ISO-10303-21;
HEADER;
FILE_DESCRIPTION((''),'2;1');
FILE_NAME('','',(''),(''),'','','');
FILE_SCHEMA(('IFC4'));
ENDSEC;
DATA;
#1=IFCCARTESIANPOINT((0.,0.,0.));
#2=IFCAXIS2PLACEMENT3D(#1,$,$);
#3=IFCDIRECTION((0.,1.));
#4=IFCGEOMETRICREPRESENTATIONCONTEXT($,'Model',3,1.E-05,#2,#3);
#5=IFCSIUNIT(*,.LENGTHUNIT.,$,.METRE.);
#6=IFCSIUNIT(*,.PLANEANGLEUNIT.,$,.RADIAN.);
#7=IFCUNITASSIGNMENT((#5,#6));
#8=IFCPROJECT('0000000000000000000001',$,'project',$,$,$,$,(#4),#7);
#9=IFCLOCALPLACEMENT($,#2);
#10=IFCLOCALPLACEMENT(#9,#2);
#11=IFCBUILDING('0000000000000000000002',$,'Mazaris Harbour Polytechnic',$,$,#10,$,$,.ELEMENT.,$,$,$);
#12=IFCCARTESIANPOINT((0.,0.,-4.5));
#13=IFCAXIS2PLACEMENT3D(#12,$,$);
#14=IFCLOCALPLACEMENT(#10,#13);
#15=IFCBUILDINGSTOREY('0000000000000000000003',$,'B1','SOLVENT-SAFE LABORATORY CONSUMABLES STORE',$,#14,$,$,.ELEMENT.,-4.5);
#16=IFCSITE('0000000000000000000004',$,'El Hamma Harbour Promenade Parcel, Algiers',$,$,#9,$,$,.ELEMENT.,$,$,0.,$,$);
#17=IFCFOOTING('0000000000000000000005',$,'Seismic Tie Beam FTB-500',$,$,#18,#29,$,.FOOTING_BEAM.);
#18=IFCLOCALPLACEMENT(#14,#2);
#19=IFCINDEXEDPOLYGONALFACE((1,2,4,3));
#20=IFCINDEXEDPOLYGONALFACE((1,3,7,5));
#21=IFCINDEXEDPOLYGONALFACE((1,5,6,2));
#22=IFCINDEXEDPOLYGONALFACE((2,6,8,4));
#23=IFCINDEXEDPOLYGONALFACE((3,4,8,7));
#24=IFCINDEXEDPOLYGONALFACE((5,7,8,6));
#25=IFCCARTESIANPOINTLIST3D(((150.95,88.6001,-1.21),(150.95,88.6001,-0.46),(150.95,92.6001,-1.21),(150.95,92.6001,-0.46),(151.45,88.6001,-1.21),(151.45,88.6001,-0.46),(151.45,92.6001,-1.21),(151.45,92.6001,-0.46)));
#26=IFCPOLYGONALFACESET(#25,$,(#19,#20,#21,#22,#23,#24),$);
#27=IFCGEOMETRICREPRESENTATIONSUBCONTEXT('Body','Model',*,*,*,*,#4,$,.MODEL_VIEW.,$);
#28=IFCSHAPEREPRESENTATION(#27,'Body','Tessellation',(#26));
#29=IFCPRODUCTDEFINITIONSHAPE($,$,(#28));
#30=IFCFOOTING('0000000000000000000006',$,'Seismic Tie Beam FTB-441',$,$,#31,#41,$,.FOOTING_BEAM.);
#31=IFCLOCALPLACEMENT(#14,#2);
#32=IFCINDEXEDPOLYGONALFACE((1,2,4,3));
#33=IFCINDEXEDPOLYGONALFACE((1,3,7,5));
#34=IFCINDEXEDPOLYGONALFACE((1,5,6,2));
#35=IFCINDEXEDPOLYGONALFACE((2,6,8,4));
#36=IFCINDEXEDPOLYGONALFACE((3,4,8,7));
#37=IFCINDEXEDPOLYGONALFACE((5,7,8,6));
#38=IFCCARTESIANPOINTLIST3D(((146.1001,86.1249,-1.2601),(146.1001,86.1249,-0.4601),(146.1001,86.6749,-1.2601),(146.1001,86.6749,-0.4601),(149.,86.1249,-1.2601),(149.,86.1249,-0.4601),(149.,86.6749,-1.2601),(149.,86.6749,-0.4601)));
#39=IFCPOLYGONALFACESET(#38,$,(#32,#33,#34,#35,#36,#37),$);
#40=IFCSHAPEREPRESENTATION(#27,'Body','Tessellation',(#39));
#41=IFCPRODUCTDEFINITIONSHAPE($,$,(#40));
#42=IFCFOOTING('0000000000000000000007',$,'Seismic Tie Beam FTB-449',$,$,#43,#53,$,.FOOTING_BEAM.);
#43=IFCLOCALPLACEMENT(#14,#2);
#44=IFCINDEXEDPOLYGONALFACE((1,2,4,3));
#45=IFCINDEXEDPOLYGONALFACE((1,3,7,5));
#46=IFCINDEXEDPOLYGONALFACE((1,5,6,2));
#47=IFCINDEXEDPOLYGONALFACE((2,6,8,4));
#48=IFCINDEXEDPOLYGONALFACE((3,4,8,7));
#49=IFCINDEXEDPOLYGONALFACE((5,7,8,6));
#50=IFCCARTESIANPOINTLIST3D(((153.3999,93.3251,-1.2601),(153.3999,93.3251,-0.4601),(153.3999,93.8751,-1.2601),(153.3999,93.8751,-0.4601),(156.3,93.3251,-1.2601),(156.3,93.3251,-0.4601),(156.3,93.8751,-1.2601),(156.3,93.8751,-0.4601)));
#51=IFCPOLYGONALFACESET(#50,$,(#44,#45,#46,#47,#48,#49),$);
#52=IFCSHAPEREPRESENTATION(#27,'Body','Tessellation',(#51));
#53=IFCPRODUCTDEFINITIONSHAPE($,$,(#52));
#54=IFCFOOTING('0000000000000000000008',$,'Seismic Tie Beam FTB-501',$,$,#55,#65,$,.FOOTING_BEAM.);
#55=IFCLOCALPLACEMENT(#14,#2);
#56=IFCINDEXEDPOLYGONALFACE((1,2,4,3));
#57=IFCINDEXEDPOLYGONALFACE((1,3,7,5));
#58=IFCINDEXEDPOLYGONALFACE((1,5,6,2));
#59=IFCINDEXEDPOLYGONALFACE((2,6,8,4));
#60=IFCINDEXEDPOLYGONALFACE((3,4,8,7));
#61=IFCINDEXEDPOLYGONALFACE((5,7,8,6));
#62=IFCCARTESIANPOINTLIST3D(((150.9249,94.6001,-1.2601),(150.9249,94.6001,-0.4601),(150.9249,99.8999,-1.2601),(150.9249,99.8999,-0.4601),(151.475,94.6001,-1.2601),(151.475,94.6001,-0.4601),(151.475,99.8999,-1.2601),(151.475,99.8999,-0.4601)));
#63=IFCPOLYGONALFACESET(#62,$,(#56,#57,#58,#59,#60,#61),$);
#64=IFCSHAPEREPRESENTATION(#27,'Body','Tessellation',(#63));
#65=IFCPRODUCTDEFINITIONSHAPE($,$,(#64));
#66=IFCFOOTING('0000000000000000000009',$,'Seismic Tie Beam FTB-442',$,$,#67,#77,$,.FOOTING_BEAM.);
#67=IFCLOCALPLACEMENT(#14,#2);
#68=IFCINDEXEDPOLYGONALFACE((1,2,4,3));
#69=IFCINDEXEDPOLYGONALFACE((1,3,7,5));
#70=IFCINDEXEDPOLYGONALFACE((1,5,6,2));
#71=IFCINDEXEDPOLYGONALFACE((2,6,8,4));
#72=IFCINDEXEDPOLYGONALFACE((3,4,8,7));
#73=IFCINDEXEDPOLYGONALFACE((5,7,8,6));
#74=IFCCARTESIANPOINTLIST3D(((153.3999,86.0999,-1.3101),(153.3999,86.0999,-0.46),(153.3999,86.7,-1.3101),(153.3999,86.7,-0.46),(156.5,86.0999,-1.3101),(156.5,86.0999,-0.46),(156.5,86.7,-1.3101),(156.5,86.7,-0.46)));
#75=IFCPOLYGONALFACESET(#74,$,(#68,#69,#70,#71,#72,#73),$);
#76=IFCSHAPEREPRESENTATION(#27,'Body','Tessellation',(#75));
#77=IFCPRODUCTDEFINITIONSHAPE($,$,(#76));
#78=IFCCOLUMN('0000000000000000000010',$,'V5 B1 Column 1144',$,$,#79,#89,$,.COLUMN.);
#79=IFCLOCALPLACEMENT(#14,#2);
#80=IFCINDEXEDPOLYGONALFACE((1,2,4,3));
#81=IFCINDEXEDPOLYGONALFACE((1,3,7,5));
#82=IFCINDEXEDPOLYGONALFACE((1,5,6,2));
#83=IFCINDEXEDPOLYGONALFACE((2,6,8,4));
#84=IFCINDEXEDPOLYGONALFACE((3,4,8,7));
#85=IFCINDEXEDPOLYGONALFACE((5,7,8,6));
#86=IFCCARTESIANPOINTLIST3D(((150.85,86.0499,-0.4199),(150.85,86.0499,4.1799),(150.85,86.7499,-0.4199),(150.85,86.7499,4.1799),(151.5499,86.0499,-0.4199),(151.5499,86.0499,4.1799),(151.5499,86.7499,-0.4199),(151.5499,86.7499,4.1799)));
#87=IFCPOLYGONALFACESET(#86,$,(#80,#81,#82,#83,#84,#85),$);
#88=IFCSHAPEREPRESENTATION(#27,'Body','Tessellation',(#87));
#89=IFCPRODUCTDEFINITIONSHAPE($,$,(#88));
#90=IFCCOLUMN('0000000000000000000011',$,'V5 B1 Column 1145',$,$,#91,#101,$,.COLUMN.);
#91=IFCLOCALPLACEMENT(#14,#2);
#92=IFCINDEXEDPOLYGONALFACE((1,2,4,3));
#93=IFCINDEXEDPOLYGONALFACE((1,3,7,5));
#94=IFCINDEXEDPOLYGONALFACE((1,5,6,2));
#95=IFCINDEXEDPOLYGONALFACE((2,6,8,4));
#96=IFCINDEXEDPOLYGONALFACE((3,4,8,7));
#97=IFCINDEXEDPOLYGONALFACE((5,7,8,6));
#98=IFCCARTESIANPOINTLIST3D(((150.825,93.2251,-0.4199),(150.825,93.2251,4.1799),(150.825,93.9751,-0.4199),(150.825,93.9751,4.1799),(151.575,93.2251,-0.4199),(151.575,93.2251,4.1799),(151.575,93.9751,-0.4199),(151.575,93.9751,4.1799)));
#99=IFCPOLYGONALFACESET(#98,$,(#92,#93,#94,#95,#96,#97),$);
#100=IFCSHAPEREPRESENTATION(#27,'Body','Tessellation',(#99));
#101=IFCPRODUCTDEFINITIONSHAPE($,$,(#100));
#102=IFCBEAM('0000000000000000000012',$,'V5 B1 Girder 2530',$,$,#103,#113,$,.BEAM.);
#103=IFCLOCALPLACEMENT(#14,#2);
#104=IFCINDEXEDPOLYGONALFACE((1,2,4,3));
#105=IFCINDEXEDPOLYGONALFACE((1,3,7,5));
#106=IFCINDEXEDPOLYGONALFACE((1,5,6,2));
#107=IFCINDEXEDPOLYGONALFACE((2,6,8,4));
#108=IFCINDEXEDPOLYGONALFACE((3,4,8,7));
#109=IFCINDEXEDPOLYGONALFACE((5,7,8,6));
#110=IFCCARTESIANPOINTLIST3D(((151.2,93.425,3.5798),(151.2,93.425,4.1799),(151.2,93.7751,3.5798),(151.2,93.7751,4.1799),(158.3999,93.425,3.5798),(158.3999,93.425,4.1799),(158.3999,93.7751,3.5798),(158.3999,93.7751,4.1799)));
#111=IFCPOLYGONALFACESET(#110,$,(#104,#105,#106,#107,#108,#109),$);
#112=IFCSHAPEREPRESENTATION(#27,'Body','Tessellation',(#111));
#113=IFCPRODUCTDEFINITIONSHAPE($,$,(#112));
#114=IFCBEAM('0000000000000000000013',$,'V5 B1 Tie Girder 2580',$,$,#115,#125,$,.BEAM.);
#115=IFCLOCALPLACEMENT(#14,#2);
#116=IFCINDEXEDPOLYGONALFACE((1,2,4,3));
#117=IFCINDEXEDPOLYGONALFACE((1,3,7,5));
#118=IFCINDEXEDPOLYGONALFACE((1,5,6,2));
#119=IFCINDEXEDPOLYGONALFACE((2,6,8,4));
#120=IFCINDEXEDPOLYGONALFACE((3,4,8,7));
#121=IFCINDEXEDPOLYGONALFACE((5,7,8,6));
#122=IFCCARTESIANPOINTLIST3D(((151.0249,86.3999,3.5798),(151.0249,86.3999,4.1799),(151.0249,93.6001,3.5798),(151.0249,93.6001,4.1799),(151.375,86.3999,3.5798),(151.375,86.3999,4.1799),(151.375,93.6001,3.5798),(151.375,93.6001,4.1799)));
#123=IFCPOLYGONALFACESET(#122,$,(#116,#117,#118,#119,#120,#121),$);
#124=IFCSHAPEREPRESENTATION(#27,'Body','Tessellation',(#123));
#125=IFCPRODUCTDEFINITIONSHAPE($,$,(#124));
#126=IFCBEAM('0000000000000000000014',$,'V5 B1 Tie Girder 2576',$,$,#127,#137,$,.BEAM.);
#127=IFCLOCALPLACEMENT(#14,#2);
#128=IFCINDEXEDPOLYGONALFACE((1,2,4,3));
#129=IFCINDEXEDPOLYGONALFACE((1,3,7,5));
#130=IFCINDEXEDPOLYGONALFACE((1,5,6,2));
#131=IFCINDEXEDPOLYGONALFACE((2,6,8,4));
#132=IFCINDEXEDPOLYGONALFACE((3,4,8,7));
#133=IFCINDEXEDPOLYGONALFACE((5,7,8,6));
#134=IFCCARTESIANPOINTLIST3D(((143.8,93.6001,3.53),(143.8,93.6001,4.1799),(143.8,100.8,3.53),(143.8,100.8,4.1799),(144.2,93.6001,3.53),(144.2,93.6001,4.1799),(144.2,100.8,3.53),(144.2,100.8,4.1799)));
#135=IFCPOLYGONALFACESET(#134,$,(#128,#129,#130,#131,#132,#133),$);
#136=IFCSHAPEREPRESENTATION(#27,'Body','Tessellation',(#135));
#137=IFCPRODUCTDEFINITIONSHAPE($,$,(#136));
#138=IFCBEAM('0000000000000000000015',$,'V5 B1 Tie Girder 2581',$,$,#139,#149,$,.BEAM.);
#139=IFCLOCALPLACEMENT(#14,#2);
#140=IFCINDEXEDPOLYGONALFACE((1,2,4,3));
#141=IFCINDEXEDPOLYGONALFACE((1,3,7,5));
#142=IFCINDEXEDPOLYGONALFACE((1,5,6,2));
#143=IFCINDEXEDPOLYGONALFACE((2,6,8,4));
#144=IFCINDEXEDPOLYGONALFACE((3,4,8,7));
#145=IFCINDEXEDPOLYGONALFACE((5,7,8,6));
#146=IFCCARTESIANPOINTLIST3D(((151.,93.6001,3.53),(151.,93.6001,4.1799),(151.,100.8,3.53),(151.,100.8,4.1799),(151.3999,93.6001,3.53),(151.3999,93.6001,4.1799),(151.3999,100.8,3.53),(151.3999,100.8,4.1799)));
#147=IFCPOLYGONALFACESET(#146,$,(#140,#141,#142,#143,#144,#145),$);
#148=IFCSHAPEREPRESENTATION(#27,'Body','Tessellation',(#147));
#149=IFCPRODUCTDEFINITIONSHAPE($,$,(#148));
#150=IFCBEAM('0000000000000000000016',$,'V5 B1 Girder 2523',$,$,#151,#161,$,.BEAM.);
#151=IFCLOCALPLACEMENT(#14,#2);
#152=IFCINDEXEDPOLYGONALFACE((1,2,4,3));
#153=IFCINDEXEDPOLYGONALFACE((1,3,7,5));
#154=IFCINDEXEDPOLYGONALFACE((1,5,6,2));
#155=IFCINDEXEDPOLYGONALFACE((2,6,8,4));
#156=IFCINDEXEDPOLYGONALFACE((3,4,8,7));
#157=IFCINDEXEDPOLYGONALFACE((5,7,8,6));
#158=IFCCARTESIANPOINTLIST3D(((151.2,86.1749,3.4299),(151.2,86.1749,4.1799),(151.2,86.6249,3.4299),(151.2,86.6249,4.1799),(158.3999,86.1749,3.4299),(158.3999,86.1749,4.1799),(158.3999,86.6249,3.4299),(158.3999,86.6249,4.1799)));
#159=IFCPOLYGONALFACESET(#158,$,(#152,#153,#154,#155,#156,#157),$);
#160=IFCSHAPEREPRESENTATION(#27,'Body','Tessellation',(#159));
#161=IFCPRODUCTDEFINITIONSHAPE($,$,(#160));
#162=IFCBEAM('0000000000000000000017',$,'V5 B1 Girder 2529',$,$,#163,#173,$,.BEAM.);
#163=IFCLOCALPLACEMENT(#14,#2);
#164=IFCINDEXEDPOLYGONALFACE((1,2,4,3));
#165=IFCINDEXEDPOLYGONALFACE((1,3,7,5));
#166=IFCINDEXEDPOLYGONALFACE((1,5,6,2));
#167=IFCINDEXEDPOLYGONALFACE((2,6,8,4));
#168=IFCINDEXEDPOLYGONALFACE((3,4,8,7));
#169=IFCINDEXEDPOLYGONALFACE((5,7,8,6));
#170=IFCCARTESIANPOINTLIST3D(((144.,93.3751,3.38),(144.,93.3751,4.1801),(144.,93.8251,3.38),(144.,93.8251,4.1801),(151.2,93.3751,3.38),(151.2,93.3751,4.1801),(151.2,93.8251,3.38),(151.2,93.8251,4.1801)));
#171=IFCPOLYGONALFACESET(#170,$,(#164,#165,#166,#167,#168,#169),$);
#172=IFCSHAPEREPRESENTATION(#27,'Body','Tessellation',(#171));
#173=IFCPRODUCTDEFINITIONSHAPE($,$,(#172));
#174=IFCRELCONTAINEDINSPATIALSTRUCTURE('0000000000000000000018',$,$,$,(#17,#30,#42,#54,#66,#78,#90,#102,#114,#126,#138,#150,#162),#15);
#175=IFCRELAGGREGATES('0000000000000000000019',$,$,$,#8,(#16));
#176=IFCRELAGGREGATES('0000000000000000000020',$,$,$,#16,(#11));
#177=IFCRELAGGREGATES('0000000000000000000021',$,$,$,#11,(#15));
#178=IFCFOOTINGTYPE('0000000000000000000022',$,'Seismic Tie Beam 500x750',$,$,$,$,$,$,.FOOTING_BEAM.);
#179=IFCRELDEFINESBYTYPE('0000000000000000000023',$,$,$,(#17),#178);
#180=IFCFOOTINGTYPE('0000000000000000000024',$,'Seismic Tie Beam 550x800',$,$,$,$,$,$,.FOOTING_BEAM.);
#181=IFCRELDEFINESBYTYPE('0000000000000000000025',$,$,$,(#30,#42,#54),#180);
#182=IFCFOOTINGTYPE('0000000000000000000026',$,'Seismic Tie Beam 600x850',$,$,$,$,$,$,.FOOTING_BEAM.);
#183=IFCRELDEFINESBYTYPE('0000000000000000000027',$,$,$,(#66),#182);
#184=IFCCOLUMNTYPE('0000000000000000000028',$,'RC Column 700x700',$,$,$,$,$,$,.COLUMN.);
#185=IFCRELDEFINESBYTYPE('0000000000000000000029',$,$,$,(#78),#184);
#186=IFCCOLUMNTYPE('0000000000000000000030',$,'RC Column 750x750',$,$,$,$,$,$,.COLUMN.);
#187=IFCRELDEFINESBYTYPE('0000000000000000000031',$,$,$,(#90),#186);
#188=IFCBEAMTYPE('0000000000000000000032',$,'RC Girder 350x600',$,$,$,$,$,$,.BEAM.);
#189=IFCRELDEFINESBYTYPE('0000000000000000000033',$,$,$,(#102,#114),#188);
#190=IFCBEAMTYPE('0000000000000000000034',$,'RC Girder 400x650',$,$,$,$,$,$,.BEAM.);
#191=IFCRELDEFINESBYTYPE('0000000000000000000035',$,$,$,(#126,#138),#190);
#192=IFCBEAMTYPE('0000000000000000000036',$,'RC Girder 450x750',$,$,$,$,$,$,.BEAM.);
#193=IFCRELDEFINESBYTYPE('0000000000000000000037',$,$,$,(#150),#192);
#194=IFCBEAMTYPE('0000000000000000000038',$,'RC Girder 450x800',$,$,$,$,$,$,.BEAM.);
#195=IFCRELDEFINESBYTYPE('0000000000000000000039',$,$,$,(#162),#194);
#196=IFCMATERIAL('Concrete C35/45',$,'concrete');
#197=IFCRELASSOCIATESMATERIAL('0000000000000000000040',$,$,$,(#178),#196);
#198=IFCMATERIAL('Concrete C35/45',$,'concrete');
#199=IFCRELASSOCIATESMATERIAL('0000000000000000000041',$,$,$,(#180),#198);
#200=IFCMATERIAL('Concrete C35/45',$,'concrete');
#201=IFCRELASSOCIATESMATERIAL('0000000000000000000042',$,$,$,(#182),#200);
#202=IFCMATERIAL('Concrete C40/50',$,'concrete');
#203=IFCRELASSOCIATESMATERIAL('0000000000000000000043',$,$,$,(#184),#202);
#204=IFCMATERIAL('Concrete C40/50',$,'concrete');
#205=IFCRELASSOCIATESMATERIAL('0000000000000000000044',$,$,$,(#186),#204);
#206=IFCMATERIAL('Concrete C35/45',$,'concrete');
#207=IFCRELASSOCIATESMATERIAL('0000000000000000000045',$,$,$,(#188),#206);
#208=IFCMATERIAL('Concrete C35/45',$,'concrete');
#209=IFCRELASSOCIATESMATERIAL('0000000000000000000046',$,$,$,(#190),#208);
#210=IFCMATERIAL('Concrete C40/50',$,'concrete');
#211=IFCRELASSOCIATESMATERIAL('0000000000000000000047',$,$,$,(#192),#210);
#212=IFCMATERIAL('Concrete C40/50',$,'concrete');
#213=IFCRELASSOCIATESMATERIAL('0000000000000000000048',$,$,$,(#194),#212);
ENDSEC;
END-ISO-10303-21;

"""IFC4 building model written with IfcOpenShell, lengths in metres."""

from ifc_helpers import new_model, si_unit, direction, frame, origin, origin_2d, place, context, subcontext, project, spatial, rectangle, extrude, material, material_profile, profile_set, type_object, element, save


model = new_model("IFC4")

# Units and contexts
model_context = context("Model", 3, precision=1e-05, world=origin(), true_north=direction((0.0, 1.0)))
body_context = subcontext(model_context, "Body", "Model", "MODEL_VIEW")
ifc_project = project(units=[si_unit("LENGTHUNIT", "METRE"), si_unit("PLANEANGLEUNIT", "RADIAN")], contexts=[model_context])

# Site, building, storey
site_placement = place(None, origin())
site = spatial("IfcSite", under=ifc_project, at=site_placement, Name="El Hamma Harbour Promenade Parcel, Algiers", CompositionType="ELEMENT", RefElevation=0.0)
building_placement = place(site_placement, origin())
building = spatial("IfcBuilding", under=site, at=building_placement, Name="Mazaris Harbour Polytechnic", CompositionType="ELEMENT")
storey_placement = place(building_placement, frame((0.0, 0.0, -4.5)))
storey = spatial("IfcBuildingStorey", under=building, at=storey_placement, Name="B1", Description="SOLVENT-SAFE LABORATORY CONSUMABLES STORE", CompositionType="ELEMENT", Elevation=-4.5)

# Footings
ifc_material_1 = material(Name="Concrete C35/45", Category="concrete")
ifc_material_profile_1 = material_profile(ifc_material_1, rectangle(XDim=0.5, YDim=0.75, at=origin_2d()), Name="RECT500x750")
ifc_profile_set_1 = profile_set([ifc_material_profile_1], Name="Concrete C35/45")
footing_type_1 = type_object("IfcFootingType", Name="Seismic Tie Beam 500x750", PredefinedType="FOOTING_BEAM", material=ifc_profile_set_1)
for number, where, z_axis, x_axis, name in (
    (1, (151.2, 88.6001, -0.835), (0.0, 1.0, 0.0), (-1.0, 0.0, 0.0), "Seismic Tie Beam FTB-500"),
):
    element("IfcFooting", number, at=place(storey_placement, frame(where, z_axis=z_axis, x_axis=x_axis)), inside=storey, type_object=footing_type_1, Name=name, PredefinedType="FOOTING_BEAM", context=body_context, shape_type="SweptSolid", body=[
        extrude(rectangle(XDim=0.5, YDim=0.75, at=origin_2d()), origin(), (0.0, 0.0, 1.0), 4.0),
    ])
ifc_material_2 = material(Name="Concrete C35/45", Category="concrete")
ifc_material_profile_2 = material_profile(ifc_material_2, rectangle(XDim=0.55, YDim=0.8, at=origin_2d()), Name="RECT550x800")
ifc_profile_set_2 = profile_set([ifc_material_profile_2], Name="Concrete C35/45")
footing_type_2 = type_object("IfcFootingType", Name="Seismic Tie Beam 550x800", PredefinedType="FOOTING_BEAM", material=ifc_profile_set_2)
footing_1_placement = place(storey_placement, frame((146.1001, 86.3999, -0.8601), z_axis=(1.0, 0.0, 0.0), x_axis=(0.0, 1.0, 0.0)))
element("IfcFooting", 2, at=footing_1_placement, inside=storey, type_object=footing_type_2, Name="Seismic Tie Beam FTB-441", PredefinedType="FOOTING_BEAM", context=body_context, shape_type="SweptSolid", body=[
    extrude(rectangle(XDim=0.55, YDim=0.8, at=origin_2d()), origin(), (0.0, 0.0, 1.0), 2.8999),
])
footing_2_placement = place(storey_placement, frame((153.3999, 93.6001, -0.8601), z_axis=(1.0, 0.0, 0.0), x_axis=(0.0, 1.0, 0.0)))
element("IfcFooting", 3, at=footing_2_placement, inside=storey, type_object=footing_type_2, Name="Seismic Tie Beam FTB-449", PredefinedType="FOOTING_BEAM", context=body_context, shape_type="SweptSolid", body=[
    extrude(rectangle(XDim=0.55, YDim=0.8, at=origin_2d()), origin(), (0.0, 0.0, 1.0), 2.9001),
])
footing_3_placement = place(storey_placement, frame((151.2, 94.6001, -0.8601), z_axis=(0.0, 1.0, 0.0), x_axis=(-1.0, 0.0, 0.0)))
element("IfcFooting", 4, at=footing_3_placement, inside=storey, type_object=footing_type_2, Name="Seismic Tie Beam FTB-501", PredefinedType="FOOTING_BEAM", context=body_context, shape_type="SweptSolid", body=[
    extrude(rectangle(XDim=0.55, YDim=0.8, at=origin_2d()), origin(), (0.0, 0.0, 1.0), 5.2998),
])
ifc_material_3 = material(Name="Concrete C35/45", Category="concrete")
ifc_material_profile_3 = material_profile(ifc_material_3, rectangle(XDim=0.6001, YDim=0.8501, at=origin_2d()), Name="RECT600x850")
ifc_profile_set_3 = profile_set([ifc_material_profile_3], Name="Concrete C35/45")
footing_type_3 = type_object("IfcFootingType", Name="Seismic Tie Beam 600x850", PredefinedType="FOOTING_BEAM", material=ifc_profile_set_3)
footing_4_placement = place(storey_placement, frame((153.3999, 86.3999, -0.885), z_axis=(1.0, 0.0, 0.0), x_axis=(0.0, 1.0, 0.0)))
element("IfcFooting", 5, at=footing_4_placement, inside=storey, type_object=footing_type_3, Name="Seismic Tie Beam FTB-442", PredefinedType="FOOTING_BEAM", context=body_context, shape_type="SweptSolid", body=[
    extrude(rectangle(XDim=0.6001, YDim=0.8501, at=origin_2d()), origin(), (0.0, 0.0, 1.0), 3.1001),
])

# Columns
ifc_material_4 = material(Name="Concrete C40/50", Category="concrete")
ifc_material_profile_4 = material_profile(ifc_material_4, rectangle(XDim=0.7, YDim=0.7, at=origin_2d()), Name="RECT700x700")
ifc_profile_set_4 = profile_set([ifc_material_profile_4], Name="Concrete C40/50")
column_type_1 = type_object("IfcColumnType", Name="RC Column 700x700", PredefinedType="COLUMN", material=ifc_profile_set_4)
column_1_placement = place(storey_placement, frame((151.2, 86.3999, -0.4199), z_axis=(0.0, 0.0, 1.0), x_axis=(1.0, 0.0, 0.0)))
element("IfcColumn", 6, at=column_1_placement, inside=storey, type_object=column_type_1, Name="V5 B1 Column 1144", PredefinedType="COLUMN", context=body_context, shape_type="SweptSolid", body=[
    extrude(rectangle(XDim=0.7, YDim=0.7, at=origin_2d()), origin(), (0.0, 0.0, 1.0), 4.5999),
])
ifc_material_5 = material(Name="Concrete C40/50", Category="concrete")
ifc_material_profile_5 = material_profile(ifc_material_5, rectangle(XDim=0.75, YDim=0.75, at=origin_2d()), Name="RECT750x750")
ifc_profile_set_5 = profile_set([ifc_material_profile_5], Name="Concrete C40/50")
column_type_2 = type_object("IfcColumnType", Name="RC Column 750x750", PredefinedType="COLUMN", material=ifc_profile_set_5)
column_2_placement = place(storey_placement, frame((151.2, 93.6001, -0.4199), z_axis=(0.0, 0.0, 1.0), x_axis=(1.0, 0.0, 0.0)))
element("IfcColumn", 7, at=column_2_placement, inside=storey, type_object=column_type_2, Name="V5 B1 Column 1145", PredefinedType="COLUMN", context=body_context, shape_type="SweptSolid", body=[
    extrude(rectangle(XDim=0.75, YDim=0.75, at=origin_2d()), origin(), (0.0, 0.0, 1.0), 4.5999),
])

# Beams
ifc_material_6 = material(Name="Concrete C35/45", Category="concrete")
ifc_material_profile_6 = material_profile(ifc_material_6, rectangle(XDim=0.3501, YDim=0.6001, at=origin_2d()), Name="RECT350x600")
ifc_profile_set_6 = profile_set([ifc_material_profile_6], Name="Concrete C35/45")
beam_type_1 = type_object("IfcBeamType", Name="RC Girder 350x600", PredefinedType="BEAM", material=ifc_profile_set_6)
beam_1_placement = place(storey_placement, frame((151.2, 93.6001, 3.8799), z_axis=(1.0, 0.0, 0.0), x_axis=(0.0, 1.0, 0.0)))
element("IfcBeam", 8, at=beam_1_placement, inside=storey, type_object=beam_type_1, Name="V5 B1 Girder 2530", PredefinedType="BEAM", context=body_context, shape_type="SweptSolid", body=[
    extrude(rectangle(XDim=0.3501, YDim=0.6001, at=origin_2d()), origin(), (0.0, 0.0, 1.0), 7.2),
])
beam_2_placement = place(storey_placement, frame((151.2, 86.3999, 3.8799), z_axis=(0.0, 1.0, 0.0), x_axis=(-1.0, 0.0, 0.0)))
element("IfcBeam", 9, at=beam_2_placement, inside=storey, type_object=beam_type_1, Name="V5 B1 Tie Girder 2580", PredefinedType="BEAM", context=body_context, shape_type="SweptSolid", body=[
    extrude(rectangle(XDim=0.3501, YDim=0.6001, at=origin_2d()), origin(), (0.0, 0.0, 1.0), 7.2002),
])
ifc_material_7 = material(Name="Concrete C35/45", Category="concrete")
ifc_material_profile_7 = material_profile(ifc_material_7, rectangle(XDim=0.3999, YDim=0.6499, at=origin_2d()), Name="RECT400x650")
ifc_profile_set_7 = profile_set([ifc_material_profile_7], Name="Concrete C35/45")
beam_type_2 = type_object("IfcBeamType", Name="RC Girder 400x650", PredefinedType="BEAM", material=ifc_profile_set_7)
for number, where, z_axis, x_axis, name in (
    (10, (144.0, 93.6001, 3.855), (0.0, 1.0, 0.0), (-1.0, 0.0, 0.0), "V5 B1 Tie Girder 2576"),
    (11, (151.2, 93.6001, 3.855), (0.0, 1.0, 0.0), (-1.0, 0.0, 0.0), "V5 B1 Tie Girder 2581"),
):
    element("IfcBeam", number, at=place(storey_placement, frame(where, z_axis=z_axis, x_axis=x_axis)), inside=storey, type_object=beam_type_2, Name=name, PredefinedType="BEAM", context=body_context, shape_type="SweptSolid", body=[
        extrude(rectangle(XDim=0.3999, YDim=0.6499, at=origin_2d()), origin(), (0.0, 0.0, 1.0), 7.2),
    ])
ifc_material_8 = material(Name="Concrete C40/50", Category="concrete")
ifc_material_profile_8 = material_profile(ifc_material_8, rectangle(XDim=0.45, YDim=0.75, at=origin_2d()), Name="RECT450x750")
ifc_profile_set_8 = profile_set([ifc_material_profile_8], Name="Concrete C40/50")
beam_type_3 = type_object("IfcBeamType", Name="RC Girder 450x750", PredefinedType="BEAM", material=ifc_profile_set_8)
beam_3_placement = place(storey_placement, frame((151.2, 86.3999, 3.8049), z_axis=(1.0, 0.0, 0.0), x_axis=(0.0, 1.0, 0.0)))
element("IfcBeam", 12, at=beam_3_placement, inside=storey, type_object=beam_type_3, Name="V5 B1 Girder 2523", PredefinedType="BEAM", context=body_context, shape_type="SweptSolid", body=[
    extrude(rectangle(XDim=0.45, YDim=0.75, at=origin_2d()), origin(), (0.0, 0.0, 1.0), 7.2),
])
ifc_material_9 = material(Name="Concrete C40/50", Category="concrete")
ifc_material_profile_9 = material_profile(ifc_material_9, rectangle(XDim=0.45, YDim=0.8, at=origin_2d()), Name="RECT450x800")
ifc_profile_set_9 = profile_set([ifc_material_profile_9], Name="Concrete C40/50")
beam_type_4 = type_object("IfcBeamType", Name="RC Girder 450x800", PredefinedType="BEAM", material=ifc_profile_set_9)
beam_4_placement = place(storey_placement, frame((144.0, 93.6001, 3.78), z_axis=(1.0, 0.0, 0.0), x_axis=(0.0, 1.0, 0.0)))
element("IfcBeam", 13, at=beam_4_placement, inside=storey, type_object=beam_type_4, Name="V5 B1 Girder 2529", PredefinedType="BEAM", context=body_context, shape_type="SweptSolid", body=[
    extrude(rectangle(XDim=0.45, YDim=0.8, at=origin_2d()), origin(), (0.0, 0.0, 1.0), 7.2),
])

save(model, "model.ifc")
